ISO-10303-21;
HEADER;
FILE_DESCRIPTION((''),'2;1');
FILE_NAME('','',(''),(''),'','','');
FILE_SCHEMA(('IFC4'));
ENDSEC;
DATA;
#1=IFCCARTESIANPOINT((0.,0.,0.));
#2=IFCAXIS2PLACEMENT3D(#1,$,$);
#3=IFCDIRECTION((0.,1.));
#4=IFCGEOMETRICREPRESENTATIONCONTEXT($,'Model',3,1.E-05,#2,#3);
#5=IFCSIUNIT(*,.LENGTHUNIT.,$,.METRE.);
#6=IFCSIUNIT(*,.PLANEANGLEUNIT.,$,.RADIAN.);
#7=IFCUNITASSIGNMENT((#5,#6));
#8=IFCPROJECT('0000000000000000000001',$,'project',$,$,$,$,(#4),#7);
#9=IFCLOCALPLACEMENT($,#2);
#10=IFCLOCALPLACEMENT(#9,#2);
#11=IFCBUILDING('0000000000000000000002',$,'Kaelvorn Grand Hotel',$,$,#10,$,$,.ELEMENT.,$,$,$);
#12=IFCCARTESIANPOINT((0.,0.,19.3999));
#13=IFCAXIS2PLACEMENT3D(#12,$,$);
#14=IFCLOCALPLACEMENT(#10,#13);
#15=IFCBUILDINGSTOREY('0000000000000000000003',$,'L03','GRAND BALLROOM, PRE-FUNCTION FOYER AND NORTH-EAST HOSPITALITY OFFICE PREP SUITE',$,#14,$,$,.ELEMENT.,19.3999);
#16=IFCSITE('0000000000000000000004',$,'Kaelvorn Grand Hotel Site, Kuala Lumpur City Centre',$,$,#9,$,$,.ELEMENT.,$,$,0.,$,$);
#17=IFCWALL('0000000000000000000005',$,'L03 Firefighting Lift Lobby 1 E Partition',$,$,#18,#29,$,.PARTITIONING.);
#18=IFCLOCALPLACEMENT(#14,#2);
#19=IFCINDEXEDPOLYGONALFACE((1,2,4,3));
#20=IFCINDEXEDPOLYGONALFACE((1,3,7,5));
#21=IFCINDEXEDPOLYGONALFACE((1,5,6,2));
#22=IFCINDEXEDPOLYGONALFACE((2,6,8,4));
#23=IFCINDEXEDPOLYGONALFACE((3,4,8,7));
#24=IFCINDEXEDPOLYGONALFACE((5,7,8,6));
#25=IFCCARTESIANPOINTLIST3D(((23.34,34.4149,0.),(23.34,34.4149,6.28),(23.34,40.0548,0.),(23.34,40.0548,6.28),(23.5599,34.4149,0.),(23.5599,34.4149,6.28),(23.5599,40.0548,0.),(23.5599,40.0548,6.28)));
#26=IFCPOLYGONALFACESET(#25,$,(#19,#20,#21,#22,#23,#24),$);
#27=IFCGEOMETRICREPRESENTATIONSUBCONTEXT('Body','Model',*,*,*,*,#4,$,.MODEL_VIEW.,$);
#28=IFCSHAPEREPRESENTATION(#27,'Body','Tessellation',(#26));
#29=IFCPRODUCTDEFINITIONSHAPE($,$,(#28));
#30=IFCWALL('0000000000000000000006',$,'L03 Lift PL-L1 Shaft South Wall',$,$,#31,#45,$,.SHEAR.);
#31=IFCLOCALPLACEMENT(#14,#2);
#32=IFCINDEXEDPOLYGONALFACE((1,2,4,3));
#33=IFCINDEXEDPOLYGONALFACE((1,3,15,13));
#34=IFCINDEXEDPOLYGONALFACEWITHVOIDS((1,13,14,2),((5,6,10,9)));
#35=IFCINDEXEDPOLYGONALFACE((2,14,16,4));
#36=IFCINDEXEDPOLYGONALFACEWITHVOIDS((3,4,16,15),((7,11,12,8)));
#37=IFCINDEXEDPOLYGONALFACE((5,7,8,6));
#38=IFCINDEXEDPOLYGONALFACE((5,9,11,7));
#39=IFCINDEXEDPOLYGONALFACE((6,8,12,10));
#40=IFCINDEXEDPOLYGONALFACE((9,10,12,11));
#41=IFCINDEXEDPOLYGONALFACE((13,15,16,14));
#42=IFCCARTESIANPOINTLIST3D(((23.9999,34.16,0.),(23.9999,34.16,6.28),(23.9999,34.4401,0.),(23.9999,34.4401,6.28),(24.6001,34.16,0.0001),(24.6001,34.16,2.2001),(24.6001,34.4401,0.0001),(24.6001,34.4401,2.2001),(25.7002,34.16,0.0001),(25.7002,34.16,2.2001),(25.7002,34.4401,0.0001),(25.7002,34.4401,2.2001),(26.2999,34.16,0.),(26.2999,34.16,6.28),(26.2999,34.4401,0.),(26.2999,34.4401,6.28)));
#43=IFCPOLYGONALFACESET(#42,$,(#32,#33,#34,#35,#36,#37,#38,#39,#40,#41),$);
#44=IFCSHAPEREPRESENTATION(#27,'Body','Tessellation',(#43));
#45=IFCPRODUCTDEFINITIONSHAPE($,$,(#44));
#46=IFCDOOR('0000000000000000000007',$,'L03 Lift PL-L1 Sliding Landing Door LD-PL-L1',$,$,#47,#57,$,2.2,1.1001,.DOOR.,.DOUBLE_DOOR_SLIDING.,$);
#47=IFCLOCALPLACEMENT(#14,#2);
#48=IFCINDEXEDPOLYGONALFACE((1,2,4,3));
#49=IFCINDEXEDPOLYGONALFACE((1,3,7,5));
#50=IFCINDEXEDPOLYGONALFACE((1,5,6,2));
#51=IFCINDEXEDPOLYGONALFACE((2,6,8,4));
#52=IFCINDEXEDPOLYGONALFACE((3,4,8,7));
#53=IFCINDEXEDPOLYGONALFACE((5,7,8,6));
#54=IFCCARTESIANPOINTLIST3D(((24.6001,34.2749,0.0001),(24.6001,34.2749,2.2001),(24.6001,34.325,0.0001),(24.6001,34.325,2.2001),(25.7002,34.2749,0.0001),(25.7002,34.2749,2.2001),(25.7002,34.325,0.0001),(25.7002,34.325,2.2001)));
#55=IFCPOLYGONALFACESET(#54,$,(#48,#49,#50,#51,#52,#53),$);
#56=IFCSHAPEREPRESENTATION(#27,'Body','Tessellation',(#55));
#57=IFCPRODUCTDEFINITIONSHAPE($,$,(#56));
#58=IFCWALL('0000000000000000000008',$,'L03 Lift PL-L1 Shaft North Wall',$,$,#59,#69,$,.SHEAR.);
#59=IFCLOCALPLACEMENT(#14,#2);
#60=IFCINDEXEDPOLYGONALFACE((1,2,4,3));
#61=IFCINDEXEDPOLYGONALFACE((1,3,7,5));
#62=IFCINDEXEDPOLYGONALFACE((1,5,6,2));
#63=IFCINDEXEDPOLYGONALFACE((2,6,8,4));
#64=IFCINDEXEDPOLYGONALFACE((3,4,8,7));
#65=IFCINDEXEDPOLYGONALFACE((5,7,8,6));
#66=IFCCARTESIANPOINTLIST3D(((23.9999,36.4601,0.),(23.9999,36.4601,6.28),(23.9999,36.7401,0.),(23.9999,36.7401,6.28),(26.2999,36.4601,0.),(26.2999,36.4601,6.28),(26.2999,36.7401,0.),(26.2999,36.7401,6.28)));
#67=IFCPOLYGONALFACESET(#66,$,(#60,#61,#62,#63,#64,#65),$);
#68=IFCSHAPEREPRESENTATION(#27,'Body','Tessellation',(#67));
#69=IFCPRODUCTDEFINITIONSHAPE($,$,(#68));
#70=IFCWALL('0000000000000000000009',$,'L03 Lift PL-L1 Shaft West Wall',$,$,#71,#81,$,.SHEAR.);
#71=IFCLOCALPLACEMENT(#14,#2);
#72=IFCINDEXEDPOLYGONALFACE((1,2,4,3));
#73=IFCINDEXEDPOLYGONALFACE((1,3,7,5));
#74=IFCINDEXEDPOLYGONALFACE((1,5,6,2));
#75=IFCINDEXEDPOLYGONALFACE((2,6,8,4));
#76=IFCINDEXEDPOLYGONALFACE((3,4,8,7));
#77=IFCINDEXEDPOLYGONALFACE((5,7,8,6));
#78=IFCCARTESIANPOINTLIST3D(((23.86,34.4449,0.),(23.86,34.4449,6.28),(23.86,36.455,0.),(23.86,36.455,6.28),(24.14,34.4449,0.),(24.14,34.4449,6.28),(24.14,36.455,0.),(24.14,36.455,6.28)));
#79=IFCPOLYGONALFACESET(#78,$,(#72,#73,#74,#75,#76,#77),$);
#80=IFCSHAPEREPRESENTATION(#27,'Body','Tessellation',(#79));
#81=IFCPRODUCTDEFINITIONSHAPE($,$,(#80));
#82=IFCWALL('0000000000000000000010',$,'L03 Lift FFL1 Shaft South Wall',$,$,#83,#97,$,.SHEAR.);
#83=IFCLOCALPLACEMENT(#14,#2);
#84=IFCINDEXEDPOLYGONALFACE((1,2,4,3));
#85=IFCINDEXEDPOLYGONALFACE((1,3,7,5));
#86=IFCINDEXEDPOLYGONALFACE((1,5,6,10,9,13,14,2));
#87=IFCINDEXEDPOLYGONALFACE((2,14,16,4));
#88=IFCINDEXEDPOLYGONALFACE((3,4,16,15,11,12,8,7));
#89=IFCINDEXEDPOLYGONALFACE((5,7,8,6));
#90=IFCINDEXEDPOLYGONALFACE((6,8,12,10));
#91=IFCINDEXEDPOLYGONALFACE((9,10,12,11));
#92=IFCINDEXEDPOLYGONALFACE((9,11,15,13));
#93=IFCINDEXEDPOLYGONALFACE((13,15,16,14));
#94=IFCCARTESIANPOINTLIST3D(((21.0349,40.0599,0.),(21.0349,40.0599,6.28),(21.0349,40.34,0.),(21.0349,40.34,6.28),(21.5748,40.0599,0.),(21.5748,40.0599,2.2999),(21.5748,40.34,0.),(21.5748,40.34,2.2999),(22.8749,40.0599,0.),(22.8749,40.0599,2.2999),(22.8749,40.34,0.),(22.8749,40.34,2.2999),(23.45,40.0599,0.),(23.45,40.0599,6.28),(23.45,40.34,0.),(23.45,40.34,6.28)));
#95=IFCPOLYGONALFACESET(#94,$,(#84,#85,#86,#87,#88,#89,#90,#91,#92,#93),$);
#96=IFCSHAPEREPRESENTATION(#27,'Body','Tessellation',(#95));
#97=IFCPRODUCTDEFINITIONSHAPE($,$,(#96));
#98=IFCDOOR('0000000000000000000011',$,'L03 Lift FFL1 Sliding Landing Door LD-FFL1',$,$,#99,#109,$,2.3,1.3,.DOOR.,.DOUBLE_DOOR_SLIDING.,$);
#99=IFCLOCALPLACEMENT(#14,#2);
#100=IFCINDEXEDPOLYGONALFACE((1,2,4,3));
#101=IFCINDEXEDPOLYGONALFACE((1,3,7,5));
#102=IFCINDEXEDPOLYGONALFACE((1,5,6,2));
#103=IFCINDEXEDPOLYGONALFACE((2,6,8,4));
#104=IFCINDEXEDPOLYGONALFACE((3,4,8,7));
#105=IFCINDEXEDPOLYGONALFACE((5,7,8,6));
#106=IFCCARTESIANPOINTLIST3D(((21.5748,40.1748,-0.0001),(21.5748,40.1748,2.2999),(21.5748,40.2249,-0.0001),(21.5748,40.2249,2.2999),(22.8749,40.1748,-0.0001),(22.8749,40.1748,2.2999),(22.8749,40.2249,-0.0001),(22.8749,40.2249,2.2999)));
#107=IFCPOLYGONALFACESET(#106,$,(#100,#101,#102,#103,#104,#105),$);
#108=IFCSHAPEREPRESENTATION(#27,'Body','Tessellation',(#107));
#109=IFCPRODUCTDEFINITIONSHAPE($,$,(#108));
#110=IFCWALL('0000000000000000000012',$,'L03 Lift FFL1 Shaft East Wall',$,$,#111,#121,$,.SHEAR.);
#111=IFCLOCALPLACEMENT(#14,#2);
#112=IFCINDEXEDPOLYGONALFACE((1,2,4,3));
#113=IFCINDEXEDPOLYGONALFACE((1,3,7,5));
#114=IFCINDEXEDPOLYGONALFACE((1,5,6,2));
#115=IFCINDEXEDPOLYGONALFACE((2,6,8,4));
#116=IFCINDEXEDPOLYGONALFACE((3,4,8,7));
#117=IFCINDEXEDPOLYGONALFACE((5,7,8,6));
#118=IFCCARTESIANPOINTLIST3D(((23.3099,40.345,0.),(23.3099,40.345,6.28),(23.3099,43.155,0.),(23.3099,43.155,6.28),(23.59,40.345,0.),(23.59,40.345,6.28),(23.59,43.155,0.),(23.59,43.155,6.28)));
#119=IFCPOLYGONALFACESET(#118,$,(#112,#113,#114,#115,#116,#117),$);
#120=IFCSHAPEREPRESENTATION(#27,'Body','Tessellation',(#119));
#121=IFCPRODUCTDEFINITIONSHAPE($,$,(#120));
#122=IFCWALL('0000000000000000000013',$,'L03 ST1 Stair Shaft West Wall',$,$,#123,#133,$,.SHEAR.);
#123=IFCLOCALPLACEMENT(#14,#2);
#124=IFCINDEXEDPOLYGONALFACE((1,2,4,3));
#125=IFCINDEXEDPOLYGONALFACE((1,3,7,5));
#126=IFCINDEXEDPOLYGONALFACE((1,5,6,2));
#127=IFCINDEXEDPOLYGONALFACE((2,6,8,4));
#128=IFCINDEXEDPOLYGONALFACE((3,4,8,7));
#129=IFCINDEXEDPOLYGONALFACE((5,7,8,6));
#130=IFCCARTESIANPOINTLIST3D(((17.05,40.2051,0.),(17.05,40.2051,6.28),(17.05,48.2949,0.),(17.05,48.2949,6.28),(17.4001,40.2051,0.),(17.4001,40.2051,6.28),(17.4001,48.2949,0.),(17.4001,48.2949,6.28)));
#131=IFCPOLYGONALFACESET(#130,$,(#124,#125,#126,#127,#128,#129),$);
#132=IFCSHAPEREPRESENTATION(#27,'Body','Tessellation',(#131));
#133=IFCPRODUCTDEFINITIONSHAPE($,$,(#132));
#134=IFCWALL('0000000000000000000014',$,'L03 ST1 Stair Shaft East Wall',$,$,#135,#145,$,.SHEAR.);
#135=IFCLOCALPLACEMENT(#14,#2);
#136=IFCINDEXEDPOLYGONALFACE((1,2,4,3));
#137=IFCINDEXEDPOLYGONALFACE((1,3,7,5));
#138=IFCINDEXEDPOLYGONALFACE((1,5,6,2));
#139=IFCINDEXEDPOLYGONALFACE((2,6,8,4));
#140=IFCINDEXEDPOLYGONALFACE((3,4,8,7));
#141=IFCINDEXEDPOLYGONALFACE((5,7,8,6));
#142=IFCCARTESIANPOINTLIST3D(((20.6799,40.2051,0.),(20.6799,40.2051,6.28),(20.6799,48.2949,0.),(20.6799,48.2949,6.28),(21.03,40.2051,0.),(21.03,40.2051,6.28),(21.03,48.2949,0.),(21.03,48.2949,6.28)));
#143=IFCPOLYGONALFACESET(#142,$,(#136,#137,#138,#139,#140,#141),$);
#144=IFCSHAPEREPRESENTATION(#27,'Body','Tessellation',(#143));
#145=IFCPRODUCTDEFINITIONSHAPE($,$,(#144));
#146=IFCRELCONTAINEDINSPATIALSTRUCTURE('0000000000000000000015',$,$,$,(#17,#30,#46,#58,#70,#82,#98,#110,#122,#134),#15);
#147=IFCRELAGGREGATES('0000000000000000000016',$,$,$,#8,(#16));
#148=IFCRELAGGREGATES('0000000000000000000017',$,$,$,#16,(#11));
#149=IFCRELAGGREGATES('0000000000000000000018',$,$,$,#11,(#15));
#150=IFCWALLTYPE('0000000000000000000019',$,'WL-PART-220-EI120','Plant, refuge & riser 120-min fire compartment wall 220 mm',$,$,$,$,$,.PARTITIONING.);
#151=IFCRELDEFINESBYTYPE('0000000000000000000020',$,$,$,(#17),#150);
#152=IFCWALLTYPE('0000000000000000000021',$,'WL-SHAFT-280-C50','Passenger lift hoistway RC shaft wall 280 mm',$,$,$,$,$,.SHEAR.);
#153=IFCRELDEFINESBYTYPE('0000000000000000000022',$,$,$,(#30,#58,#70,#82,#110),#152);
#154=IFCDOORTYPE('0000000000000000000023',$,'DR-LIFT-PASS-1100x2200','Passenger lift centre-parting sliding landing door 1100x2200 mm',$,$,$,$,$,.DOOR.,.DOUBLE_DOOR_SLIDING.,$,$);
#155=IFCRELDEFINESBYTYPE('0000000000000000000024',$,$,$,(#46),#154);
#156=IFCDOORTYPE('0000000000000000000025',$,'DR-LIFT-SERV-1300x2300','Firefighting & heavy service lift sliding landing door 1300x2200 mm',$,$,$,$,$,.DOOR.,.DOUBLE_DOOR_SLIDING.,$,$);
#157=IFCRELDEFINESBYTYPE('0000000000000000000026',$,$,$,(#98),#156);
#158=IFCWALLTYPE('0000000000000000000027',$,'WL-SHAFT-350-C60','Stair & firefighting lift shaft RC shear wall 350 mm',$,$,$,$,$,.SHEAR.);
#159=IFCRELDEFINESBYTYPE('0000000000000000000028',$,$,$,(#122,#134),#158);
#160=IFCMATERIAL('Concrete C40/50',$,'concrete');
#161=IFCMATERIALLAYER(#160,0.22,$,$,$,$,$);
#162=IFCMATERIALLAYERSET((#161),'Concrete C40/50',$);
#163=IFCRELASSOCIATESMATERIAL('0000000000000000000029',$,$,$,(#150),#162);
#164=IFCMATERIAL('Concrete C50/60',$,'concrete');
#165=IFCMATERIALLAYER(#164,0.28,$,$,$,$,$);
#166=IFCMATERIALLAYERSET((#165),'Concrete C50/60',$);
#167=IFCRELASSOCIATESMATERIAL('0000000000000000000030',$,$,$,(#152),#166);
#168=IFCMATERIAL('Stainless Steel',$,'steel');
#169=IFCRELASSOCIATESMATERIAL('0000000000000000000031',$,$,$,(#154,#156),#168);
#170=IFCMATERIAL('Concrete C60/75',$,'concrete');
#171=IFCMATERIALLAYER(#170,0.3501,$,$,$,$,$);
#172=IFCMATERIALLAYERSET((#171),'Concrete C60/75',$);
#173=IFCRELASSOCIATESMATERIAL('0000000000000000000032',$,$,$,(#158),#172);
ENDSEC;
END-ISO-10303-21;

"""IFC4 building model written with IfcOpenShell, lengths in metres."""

from ifc_helpers import new_model, si_unit, direction, frame, frame_2d, origin, place, context, subcontext, project, spatial, rectangle, extrude, material, layer, layer_set, type_object, element, fill, save


model = new_model("IFC4")

# Units and contexts
model_context = context("Model", 3, precision=1e-05, world=origin(), true_north=direction((0.0, 1.0)))
body_context = subcontext(model_context, "Body", "Model", "MODEL_VIEW")
ifc_project = project(units=[si_unit("LENGTHUNIT", "METRE"), si_unit("PLANEANGLEUNIT", "RADIAN")], contexts=[model_context])

# Site, building, storey
site_placement = place(None, origin())
site = spatial("IfcSite", under=ifc_project, at=site_placement, Name="Kaelvorn Grand Hotel Site, Kuala Lumpur City Centre", CompositionType="ELEMENT", RefElevation=0.0)
building_placement = place(site_placement, origin())
building = spatial("IfcBuilding", under=site, at=building_placement, Name="Kaelvorn Grand Hotel", CompositionType="ELEMENT")
storey_placement = place(building_placement, frame((0.0, 0.0, 19.3999)))
storey = spatial("IfcBuildingStorey", under=building, at=storey_placement, Name="L03", Description="GRAND BALLROOM, PRE-FUNCTION FOYER AND NORTH-EAST HOSPITALITY OFFICE PREP SUITE", CompositionType="ELEMENT", Elevation=19.3999)

# Shared definitions
ifc_material_1 = material(Name="Concrete C60/75", Category="concrete")

# Shared definitions
ifc_material_2 = material(Name="Concrete C40/50", Category="concrete")
ifc_layer_1 = layer(ifc_material_2, 0.22)
ifc_layer_set_1 = layer_set([ifc_layer_1], Name="Concrete C40/50")
wall_type_1 = type_object("IfcWallType", Name="WL-PART-220-EI120", Description="Plant, refuge & riser 120-min fire compartment wall 220 mm", PredefinedType="PARTITIONING", material=ifc_layer_set_1)

# Wall
wall_1_placement = place(storey_placement, frame((23.45, 34.415, 0.0), z_axis=(0.0, 0.0, 1.0), x_axis=(0.0, 1.0, 0.0)))
element("IfcWall", 1, at=wall_1_placement, inside=storey, type_object=wall_type_1, Name="L03 Firefighting Lift Lobby 1 E Partition", PredefinedType="PARTITIONING", context=body_context, shape_type="SweptSolid", body=[
    extrude(rectangle(XDim=5.6399, YDim=0.22, at=frame_2d((2.8198, 0.0))), origin(), (0.0, 0.0, 1.0), 6.28),
])

# Wall, opening, door
ifc_material_3 = material(Name="Concrete C50/60", Category="concrete")
ifc_layer_2 = layer(ifc_material_3, 0.28)
ifc_layer_set_2 = layer_set([ifc_layer_2], Name="Concrete C50/60")
wall_type_2 = type_object("IfcWallType", Name="WL-SHAFT-280-C50", Description="Passenger lift hoistway RC shaft wall 280 mm", PredefinedType="SHEAR", material=ifc_layer_set_2)
wall_2_placement = place(storey_placement, frame((24.0, 34.3, 0.0), z_axis=(0.0, 0.0, 1.0), x_axis=(1.0, 0.0, 0.0)))
wall_2 = element("IfcWall", 2, at=wall_2_placement, inside=storey, type_object=wall_type_2, Name="L03 Lift PL-L1 Shaft South Wall", PredefinedType="SHEAR", context=body_context, shape_type="SweptSolid", body=[
    extrude(rectangle(XDim=2.3, YDim=0.28, at=frame_2d((1.1499, 0.0))), origin(), (0.0, 0.0, 1.0), 6.28),
])
opening_1_placement = place(wall_2_placement, frame((0.6001, 0.0, 0.0)))
opening_1 = element("IfcOpeningElement", 3, at=opening_1_placement, cuts=wall_2, PredefinedType="OPENING", context=body_context, shape_type="SweptSolid", body=[
    extrude(rectangle(XDim=1.1001, YDim=2.2, at=frame_2d((0.55, 1.1001))), frame((0.0, 0.1499, 0.0), z_axis=(0.0, -1.0, 0.0), x_axis=(1.0, 0.0, 0.0)), (0.0, 0.0, 1.0), 0.3),
])
ifc_material_4 = material(Name="Stainless Steel", Category="steel")
door_type_1 = type_object("IfcDoorType", Name="DR-LIFT-PASS-1100x2200", Description="Passenger lift centre-parting sliding landing door 1100x2200 mm", OperationType="DOUBLE_DOOR_SLIDING", PredefinedType="DOOR", material=ifc_material_4)
door_1_placement = place(opening_1_placement, origin())
door_1 = element("IfcDoor", 4, at=door_1_placement, inside=storey, type_object=door_type_1, Name="L03 Lift PL-L1 Sliding Landing Door LD-PL-L1", OperationType="DOUBLE_DOOR_SLIDING", OverallHeight=2.2, OverallWidth=1.1001, PredefinedType="DOOR", context=body_context, shape_type="SweptSolid", body=[
    extrude(rectangle(XDim=1.1001, YDim=2.2, at=frame_2d((0.55, 1.1001))), frame((0.0, 0.0249, 0.0), z_axis=(0.0, -1.0, 0.0), x_axis=(1.0, 0.0, 0.0)), (0.0, 0.0, 1.0), 0.05),
])
fill(opening_1, door_1)

# Walls
wall_3_placement = place(storey_placement, frame((24.0, 36.6001, 0.0), z_axis=(0.0, 0.0, 1.0), x_axis=(1.0, 0.0, 0.0)))
element("IfcWall", 5, at=wall_3_placement, inside=storey, type_object=wall_type_2, Name="L03 Lift PL-L1 Shaft North Wall", PredefinedType="SHEAR", context=body_context, shape_type="SweptSolid", body=[
    extrude(rectangle(XDim=2.3, YDim=0.28, at=frame_2d((1.1499, 0.0))), origin(), (0.0, 0.0, 1.0), 6.28),
])
wall_4_placement = place(storey_placement, frame((24.0, 34.4451, 0.0), z_axis=(0.0, 0.0, 1.0), x_axis=(0.0, 1.0, 0.0)))
element("IfcWall", 6, at=wall_4_placement, inside=storey, type_object=wall_type_2, Name="L03 Lift PL-L1 Shaft West Wall", PredefinedType="SHEAR", context=body_context, shape_type="SweptSolid", body=[
    extrude(rectangle(XDim=2.01, YDim=0.28, at=frame_2d((1.0049, 0.0))), origin(), (0.0, 0.0, 1.0), 6.28),
])

# Wall, opening, door
wall_5_placement = place(storey_placement, frame((21.0349, 40.2, 0.0), z_axis=(0.0, 0.0, 1.0), x_axis=(1.0, 0.0, 0.0)))
wall_5 = element("IfcWall", 7, at=wall_5_placement, inside=storey, type_object=wall_type_2, Name="L03 Lift FFL1 Shaft South Wall", PredefinedType="SHEAR", context=body_context, shape_type="SweptSolid", body=[
    extrude(rectangle(XDim=2.415, YDim=0.28, at=frame_2d((1.2075, 0.0))), origin(), (0.0, 0.0, 1.0), 6.28),
])
opening_2_placement = place(wall_5_placement, frame((0.54, 0.0, 0.0)))
opening_2 = element("IfcOpeningElement", 8, at=opening_2_placement, cuts=wall_5, PredefinedType="OPENING", context=body_context, shape_type="SweptSolid", body=[
    extrude(rectangle(XDim=1.3, YDim=2.3, at=frame_2d((0.6499, 1.1499))), frame((0.0, 0.1499, 0.0), z_axis=(0.0, -1.0, 0.0), x_axis=(1.0, 0.0, 0.0)), (0.0, 0.0, 1.0), 0.3),
])
door_type_2 = type_object("IfcDoorType", Name="DR-LIFT-SERV-1300x2300", Description="Firefighting & heavy service lift sliding landing door 1300x2200 mm", OperationType="DOUBLE_DOOR_SLIDING", PredefinedType="DOOR", material=ifc_material_4)
door_2_placement = place(opening_2_placement, origin())
door_2 = element("IfcDoor", 9, at=door_2_placement, inside=storey, type_object=door_type_2, Name="L03 Lift FFL1 Sliding Landing Door LD-FFL1", OperationType="DOUBLE_DOOR_SLIDING", OverallHeight=2.3, OverallWidth=1.3, PredefinedType="DOOR", context=body_context, shape_type="SweptSolid", body=[
    extrude(rectangle(XDim=1.3, YDim=2.3, at=frame_2d((0.6499, 1.1499))), frame((0.0, 0.0249, 0.0), z_axis=(0.0, -1.0, 0.0), x_axis=(1.0, 0.0, 0.0)), (0.0, 0.0, 1.0), 0.05),
])
fill(opening_2, door_2)

# Wall
wall_6_placement = place(storey_placement, frame((23.45, 40.345, 0.0), z_axis=(0.0, 0.0, 1.0), x_axis=(0.0, 1.0, 0.0)))
element("IfcWall", 10, at=wall_6_placement, inside=storey, type_object=wall_type_2, Name="L03 Lift FFL1 Shaft East Wall", PredefinedType="SHEAR", context=body_context, shape_type="SweptSolid", body=[
    extrude(rectangle(XDim=2.8101, YDim=0.28, at=frame_2d((1.405, 0.0))), origin(), (0.0, 0.0, 1.0), 6.28),
])

# Shared definitions
ifc_layer_3 = layer(ifc_material_1, 0.3501)
ifc_layer_set_3 = layer_set([ifc_layer_3], Name="Concrete C60/75")
wall_type_3 = type_object("IfcWallType", Name="WL-SHAFT-350-C60", Description="Stair & firefighting lift shaft RC shear wall 350 mm", PredefinedType="SHEAR", material=ifc_layer_set_3)

# Walls
for number, where, z_axis, x_axis, name in (
    (11, (17.2251, 40.2051, 0.0), (0.0, 0.0, 1.0), (0.0, 1.0, 0.0), "L03 ST1 Stair Shaft West Wall"),
    (12, (20.855, 40.2051, 0.0), (0.0, 0.0, 1.0), (0.0, 1.0, 0.0), "L03 ST1 Stair Shaft East Wall"),
):
    element("IfcWall", number, at=place(storey_placement, frame(where, z_axis=z_axis, x_axis=x_axis)), inside=storey, type_object=wall_type_3, Name=name, PredefinedType="SHEAR", context=body_context, shape_type="SweptSolid", body=[
        extrude(rectangle(XDim=8.0898, YDim=0.3501, at=frame_2d((4.0449, 0.0))), origin(), (0.0, 0.0, 1.0), 6.28),
    ])

save(model, "model.ifc")
